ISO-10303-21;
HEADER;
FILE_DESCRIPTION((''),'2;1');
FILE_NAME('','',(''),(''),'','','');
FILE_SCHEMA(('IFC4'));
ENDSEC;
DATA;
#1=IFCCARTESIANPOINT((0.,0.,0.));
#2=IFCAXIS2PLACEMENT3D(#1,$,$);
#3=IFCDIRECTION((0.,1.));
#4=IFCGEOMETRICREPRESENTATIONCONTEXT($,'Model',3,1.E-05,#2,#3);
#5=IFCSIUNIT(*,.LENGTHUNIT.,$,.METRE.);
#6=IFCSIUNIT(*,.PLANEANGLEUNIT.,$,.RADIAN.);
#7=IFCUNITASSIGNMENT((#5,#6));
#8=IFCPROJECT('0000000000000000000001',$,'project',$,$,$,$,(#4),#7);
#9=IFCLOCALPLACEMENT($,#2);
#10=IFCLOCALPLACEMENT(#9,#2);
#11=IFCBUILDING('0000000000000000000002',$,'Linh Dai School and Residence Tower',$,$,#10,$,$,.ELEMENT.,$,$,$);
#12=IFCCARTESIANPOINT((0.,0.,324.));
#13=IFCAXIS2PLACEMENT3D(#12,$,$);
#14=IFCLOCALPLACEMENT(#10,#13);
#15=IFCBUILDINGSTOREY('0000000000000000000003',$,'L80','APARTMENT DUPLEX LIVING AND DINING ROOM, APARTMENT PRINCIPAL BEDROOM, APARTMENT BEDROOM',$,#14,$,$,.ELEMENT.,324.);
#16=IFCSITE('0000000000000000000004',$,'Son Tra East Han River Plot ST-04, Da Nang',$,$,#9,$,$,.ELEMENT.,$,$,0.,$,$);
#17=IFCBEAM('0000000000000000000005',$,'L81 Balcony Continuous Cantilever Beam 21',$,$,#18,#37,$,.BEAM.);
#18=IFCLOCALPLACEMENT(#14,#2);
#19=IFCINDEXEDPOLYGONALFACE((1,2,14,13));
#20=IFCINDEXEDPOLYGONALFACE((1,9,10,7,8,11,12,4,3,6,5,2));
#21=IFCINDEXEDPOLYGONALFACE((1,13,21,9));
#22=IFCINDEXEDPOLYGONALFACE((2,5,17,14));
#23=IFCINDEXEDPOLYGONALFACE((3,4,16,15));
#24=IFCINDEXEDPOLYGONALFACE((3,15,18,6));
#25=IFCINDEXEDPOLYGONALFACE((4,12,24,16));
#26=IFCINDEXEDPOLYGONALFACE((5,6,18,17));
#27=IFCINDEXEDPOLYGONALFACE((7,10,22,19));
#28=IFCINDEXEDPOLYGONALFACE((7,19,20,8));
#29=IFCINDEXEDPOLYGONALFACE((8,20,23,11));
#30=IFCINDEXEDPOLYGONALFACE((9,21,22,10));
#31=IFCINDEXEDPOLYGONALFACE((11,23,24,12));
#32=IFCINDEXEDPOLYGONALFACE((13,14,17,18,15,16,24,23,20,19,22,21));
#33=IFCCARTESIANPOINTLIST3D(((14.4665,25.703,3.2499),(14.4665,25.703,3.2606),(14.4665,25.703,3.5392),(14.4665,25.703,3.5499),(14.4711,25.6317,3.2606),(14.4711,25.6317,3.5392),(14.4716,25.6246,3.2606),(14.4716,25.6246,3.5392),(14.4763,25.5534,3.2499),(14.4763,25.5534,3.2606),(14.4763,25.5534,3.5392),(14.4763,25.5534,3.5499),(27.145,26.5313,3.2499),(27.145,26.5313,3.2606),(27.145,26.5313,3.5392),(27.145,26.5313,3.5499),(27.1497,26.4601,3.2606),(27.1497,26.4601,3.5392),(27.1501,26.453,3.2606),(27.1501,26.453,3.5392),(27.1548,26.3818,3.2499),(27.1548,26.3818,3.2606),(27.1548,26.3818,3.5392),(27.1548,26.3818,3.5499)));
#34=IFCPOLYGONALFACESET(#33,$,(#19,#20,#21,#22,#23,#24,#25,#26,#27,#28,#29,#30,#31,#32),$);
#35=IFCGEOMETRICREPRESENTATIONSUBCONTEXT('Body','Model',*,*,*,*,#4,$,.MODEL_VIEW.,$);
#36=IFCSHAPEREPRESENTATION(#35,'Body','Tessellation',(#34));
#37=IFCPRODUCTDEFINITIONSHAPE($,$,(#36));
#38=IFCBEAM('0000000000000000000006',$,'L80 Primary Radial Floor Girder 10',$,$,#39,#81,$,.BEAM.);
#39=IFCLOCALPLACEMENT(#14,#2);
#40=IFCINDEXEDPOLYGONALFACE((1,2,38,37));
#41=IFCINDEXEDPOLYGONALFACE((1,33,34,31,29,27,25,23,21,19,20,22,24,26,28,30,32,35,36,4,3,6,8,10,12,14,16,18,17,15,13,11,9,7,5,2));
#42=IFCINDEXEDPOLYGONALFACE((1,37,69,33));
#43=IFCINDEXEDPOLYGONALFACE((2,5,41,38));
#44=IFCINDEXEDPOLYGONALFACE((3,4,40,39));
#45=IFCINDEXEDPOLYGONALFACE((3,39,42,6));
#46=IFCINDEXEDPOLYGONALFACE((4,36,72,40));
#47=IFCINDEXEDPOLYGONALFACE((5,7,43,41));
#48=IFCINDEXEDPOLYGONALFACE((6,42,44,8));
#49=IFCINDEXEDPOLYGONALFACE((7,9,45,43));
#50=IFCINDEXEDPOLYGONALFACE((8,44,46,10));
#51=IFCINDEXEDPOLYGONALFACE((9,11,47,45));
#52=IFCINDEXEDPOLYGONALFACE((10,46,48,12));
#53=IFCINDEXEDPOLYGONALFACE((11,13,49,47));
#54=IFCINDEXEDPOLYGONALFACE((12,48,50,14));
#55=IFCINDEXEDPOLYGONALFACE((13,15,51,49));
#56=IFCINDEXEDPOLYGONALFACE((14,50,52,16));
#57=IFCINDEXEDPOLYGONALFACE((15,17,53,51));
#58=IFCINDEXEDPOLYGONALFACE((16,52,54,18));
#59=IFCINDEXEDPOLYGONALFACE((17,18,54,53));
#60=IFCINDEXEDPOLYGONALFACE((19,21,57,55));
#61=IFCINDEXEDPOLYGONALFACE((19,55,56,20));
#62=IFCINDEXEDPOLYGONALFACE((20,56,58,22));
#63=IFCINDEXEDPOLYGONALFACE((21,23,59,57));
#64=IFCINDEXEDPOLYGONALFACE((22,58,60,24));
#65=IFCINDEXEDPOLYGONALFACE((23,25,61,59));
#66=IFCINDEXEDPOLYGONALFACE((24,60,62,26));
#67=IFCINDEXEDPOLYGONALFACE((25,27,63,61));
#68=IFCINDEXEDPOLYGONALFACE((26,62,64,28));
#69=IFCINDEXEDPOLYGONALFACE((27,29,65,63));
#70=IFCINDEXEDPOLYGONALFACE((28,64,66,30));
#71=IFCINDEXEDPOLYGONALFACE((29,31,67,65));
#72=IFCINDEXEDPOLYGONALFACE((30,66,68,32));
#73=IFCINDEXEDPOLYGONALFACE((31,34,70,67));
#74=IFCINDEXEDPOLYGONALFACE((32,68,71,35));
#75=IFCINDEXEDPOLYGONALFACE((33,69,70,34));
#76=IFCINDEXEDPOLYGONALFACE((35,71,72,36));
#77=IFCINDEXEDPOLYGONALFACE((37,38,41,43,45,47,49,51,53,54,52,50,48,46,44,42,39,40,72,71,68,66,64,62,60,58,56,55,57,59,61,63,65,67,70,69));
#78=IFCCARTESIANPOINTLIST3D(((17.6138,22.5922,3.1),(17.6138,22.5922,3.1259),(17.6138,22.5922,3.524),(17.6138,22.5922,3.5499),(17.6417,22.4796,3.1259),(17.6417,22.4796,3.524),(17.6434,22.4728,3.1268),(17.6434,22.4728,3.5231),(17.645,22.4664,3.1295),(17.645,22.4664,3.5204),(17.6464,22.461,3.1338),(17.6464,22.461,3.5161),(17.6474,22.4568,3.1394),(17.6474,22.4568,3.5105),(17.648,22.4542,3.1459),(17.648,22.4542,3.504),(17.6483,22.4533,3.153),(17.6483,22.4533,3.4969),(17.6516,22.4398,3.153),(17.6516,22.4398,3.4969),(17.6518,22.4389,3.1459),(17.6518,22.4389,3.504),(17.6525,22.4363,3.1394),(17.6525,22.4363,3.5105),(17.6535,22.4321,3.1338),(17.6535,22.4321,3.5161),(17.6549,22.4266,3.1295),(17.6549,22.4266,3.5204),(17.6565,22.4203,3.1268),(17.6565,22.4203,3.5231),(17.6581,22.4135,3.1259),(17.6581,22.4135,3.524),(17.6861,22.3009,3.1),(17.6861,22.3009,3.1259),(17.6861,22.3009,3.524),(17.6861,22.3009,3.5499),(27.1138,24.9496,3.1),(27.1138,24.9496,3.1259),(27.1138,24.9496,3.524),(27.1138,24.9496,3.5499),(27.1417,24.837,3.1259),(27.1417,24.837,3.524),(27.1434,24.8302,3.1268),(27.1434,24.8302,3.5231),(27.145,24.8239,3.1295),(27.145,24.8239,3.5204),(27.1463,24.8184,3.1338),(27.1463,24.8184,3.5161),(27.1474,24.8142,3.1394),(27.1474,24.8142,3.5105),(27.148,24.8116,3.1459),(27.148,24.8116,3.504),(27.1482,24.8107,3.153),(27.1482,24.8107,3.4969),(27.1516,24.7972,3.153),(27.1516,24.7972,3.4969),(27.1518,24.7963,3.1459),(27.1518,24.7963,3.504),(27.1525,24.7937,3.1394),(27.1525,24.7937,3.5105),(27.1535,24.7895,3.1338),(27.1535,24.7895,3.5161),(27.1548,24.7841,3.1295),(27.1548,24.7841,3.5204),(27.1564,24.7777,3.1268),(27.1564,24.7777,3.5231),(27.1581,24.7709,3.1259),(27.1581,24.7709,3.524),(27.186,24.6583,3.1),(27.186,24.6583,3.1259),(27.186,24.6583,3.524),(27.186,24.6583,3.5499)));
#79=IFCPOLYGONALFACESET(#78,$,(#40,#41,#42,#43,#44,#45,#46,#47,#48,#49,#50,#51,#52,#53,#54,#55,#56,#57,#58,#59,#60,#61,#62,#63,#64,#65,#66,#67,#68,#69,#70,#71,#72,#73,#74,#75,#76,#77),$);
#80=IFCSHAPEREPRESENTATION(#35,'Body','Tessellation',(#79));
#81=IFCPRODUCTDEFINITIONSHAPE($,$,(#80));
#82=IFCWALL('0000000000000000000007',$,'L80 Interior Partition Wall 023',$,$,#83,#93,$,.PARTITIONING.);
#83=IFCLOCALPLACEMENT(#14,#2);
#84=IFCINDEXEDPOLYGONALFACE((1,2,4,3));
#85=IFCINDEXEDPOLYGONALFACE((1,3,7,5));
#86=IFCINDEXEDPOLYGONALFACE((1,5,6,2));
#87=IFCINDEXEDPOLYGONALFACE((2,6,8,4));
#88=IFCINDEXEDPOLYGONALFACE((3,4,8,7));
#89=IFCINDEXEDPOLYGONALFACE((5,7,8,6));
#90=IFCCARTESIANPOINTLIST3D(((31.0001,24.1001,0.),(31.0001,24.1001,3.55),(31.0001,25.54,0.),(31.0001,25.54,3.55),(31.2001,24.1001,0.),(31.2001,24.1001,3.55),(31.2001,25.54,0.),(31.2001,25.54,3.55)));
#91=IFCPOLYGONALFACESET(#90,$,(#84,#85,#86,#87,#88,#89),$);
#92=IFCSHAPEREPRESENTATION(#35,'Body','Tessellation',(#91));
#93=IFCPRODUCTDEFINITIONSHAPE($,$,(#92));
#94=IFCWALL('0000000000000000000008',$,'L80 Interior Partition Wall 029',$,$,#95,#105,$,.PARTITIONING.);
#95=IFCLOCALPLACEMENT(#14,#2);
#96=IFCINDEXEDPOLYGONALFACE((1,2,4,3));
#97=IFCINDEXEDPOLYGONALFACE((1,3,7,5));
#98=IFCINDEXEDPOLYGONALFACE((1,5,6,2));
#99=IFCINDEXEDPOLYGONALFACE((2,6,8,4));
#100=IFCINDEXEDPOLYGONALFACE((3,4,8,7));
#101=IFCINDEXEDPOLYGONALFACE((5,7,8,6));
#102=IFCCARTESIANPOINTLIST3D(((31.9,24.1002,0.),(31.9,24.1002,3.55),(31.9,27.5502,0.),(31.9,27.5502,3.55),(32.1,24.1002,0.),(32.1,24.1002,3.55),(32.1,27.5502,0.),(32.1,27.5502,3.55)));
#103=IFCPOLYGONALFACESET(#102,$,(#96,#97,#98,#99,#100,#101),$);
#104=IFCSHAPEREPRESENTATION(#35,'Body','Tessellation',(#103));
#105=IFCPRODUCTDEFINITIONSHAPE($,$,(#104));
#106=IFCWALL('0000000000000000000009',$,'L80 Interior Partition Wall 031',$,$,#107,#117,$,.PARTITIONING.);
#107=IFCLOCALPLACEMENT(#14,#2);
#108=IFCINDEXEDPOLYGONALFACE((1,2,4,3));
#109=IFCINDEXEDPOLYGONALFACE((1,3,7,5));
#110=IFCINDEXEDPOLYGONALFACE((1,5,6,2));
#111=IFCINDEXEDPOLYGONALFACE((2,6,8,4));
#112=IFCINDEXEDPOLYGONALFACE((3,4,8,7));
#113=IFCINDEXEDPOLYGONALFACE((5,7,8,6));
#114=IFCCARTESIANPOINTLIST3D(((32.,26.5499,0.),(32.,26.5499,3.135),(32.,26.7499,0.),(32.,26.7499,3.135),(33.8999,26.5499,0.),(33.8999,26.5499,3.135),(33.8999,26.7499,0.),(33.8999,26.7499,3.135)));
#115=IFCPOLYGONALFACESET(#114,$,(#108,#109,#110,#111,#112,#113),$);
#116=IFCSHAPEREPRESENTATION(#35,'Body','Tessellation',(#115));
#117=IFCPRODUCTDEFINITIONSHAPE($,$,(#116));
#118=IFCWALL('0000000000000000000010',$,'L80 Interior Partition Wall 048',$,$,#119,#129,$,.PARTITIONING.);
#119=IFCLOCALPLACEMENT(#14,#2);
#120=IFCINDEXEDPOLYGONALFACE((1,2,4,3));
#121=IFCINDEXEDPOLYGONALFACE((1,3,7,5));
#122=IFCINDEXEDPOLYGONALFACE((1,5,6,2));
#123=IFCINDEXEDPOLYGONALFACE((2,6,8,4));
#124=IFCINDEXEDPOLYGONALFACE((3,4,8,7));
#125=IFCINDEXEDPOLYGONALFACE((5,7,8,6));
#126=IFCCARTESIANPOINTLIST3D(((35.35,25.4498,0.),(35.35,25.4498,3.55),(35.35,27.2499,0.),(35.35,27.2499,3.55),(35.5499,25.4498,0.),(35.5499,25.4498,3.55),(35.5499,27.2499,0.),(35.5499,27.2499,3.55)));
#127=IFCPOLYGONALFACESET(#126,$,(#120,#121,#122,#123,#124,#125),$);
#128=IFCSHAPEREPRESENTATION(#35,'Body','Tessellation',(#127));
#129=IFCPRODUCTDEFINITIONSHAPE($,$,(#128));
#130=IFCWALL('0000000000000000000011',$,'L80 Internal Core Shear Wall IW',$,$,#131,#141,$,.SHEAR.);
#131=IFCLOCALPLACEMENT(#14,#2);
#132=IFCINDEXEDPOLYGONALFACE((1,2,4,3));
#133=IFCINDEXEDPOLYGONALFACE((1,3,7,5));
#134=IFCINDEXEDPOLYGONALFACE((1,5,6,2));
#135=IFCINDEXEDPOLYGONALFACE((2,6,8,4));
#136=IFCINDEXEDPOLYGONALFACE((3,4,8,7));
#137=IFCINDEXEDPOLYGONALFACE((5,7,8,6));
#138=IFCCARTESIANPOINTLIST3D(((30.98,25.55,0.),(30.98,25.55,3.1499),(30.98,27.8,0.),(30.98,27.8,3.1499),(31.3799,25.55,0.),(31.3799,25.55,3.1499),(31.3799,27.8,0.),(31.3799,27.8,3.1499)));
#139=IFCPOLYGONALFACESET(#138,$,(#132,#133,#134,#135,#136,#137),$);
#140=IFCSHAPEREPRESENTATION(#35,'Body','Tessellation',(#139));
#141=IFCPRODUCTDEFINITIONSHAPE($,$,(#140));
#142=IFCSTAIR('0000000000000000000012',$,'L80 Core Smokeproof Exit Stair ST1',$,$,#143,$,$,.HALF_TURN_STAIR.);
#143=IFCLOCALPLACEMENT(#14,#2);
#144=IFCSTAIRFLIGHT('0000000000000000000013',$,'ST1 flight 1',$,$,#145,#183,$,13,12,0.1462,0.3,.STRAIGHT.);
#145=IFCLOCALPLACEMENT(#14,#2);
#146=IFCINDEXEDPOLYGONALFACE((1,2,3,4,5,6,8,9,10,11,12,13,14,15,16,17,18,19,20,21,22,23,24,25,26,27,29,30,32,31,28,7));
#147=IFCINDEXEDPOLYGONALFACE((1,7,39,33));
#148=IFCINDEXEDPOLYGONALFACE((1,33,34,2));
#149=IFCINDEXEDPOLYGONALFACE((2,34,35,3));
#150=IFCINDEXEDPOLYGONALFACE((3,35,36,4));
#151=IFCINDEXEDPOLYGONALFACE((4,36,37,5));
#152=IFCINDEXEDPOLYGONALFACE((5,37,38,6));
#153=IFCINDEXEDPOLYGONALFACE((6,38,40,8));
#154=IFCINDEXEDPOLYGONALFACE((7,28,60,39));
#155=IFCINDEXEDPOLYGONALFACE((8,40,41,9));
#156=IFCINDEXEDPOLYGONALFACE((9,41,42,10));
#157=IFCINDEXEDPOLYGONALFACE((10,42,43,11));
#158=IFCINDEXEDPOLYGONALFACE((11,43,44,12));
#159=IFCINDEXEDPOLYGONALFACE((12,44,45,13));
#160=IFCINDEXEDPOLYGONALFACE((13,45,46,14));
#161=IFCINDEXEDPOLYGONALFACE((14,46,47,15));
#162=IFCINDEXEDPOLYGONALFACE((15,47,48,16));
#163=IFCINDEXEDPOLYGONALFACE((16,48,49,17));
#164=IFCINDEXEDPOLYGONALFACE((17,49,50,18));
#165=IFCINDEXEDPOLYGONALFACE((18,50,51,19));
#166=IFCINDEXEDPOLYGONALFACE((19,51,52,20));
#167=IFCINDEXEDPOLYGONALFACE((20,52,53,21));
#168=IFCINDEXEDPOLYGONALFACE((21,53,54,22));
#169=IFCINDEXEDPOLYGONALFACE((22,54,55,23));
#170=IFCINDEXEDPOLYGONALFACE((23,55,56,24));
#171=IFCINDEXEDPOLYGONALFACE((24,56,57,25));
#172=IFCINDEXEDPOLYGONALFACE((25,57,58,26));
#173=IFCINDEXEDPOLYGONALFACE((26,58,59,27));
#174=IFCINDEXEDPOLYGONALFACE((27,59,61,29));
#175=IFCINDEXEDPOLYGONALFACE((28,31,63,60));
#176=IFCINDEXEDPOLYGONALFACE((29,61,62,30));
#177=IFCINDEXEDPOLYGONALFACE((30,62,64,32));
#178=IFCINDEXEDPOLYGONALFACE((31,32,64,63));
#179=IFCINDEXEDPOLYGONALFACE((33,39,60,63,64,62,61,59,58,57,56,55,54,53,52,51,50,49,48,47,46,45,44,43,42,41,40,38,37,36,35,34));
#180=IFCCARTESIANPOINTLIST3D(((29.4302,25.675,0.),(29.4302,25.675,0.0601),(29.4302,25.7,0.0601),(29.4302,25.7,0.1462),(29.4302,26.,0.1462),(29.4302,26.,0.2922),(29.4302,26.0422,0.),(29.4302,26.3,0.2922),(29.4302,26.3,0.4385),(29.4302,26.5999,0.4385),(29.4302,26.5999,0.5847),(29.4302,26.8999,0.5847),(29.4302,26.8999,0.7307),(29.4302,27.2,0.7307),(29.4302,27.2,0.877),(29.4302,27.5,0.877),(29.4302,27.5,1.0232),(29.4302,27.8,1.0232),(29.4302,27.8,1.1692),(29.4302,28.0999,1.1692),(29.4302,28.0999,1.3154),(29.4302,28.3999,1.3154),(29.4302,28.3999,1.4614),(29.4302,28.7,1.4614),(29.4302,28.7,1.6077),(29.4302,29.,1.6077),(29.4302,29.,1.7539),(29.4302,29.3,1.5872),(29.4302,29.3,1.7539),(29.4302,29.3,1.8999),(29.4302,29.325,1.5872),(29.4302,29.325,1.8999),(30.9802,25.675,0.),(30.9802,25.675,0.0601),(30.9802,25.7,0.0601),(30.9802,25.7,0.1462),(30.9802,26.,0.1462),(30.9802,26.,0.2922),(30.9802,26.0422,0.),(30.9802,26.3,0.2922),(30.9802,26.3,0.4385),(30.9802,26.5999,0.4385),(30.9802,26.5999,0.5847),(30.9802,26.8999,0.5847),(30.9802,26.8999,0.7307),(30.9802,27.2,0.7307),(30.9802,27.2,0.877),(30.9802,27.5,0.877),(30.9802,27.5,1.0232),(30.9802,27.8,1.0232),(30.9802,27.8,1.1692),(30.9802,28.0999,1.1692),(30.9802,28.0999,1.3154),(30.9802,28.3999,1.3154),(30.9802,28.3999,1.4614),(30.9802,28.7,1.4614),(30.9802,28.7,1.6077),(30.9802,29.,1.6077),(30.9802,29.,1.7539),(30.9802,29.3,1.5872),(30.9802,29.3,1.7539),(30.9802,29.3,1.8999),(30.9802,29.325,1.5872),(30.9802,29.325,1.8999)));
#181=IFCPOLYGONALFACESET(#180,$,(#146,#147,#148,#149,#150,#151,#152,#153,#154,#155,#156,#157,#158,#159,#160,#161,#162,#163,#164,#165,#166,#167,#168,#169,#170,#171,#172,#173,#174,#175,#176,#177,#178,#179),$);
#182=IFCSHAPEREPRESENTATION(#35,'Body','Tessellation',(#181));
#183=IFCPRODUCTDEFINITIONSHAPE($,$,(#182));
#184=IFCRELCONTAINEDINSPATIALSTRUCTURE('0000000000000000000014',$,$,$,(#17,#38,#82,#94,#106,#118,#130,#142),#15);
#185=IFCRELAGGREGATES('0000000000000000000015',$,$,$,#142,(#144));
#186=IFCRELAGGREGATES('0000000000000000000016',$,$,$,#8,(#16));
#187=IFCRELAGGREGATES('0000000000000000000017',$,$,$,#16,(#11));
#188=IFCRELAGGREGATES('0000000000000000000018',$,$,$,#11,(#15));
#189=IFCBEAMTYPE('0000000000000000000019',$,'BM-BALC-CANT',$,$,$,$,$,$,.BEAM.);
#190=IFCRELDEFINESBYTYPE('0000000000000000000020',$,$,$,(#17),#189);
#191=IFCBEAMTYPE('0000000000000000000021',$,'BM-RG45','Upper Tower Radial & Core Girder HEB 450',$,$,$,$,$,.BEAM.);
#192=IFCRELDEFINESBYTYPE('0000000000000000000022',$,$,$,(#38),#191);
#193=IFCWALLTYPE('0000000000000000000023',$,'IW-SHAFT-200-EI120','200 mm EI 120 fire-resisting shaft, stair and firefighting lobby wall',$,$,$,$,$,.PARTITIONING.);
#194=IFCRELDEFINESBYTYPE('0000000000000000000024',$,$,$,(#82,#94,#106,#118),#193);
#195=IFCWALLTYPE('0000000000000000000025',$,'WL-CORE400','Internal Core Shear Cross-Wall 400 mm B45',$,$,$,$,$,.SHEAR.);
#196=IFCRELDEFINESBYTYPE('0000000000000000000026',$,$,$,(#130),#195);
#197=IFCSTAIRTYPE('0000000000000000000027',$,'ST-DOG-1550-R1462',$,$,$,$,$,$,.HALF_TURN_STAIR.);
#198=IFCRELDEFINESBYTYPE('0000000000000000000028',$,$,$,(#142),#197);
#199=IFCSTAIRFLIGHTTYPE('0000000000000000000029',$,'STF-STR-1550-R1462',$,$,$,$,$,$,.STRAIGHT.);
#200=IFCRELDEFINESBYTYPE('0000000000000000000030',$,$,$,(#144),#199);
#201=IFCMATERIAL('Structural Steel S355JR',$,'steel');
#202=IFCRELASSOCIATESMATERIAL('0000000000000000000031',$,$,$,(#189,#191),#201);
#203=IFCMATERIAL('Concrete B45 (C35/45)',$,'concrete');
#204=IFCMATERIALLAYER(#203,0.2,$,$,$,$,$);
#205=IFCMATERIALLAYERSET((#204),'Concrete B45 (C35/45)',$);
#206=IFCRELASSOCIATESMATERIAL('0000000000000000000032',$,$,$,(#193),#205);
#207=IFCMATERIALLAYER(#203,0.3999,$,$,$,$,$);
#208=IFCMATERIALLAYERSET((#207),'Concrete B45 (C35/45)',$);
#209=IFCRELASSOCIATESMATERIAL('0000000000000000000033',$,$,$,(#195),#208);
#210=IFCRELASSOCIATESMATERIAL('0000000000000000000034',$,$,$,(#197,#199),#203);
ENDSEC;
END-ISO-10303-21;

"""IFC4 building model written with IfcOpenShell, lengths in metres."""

from ifc_helpers import new_model, si_unit, direction, frame, frame_2d, origin, origin_2d, place, context, subcontext, project, spatial, polyline, rectangle, i_section, outline, extrude, source, transform, mapped, material, layer, layer_set, material_profile, profile_set, type_object, element, aggregate, save


model = new_model("IFC4")

# Units and contexts
model_context = context("Model", 3, precision=1e-05, world=origin(), true_north=direction((0.0, 1.0)))
body_context = subcontext(model_context, "Body", "Model", "MODEL_VIEW")
ifc_project = project(units=[si_unit("LENGTHUNIT", "METRE"), si_unit("PLANEANGLEUNIT", "RADIAN")], contexts=[model_context])

# Site, building, storey
site_placement = place(None, origin())
site = spatial("IfcSite", under=ifc_project, at=site_placement, Name="Son Tra East Han River Plot ST-04, Da Nang", CompositionType="ELEMENT", RefElevation=0.0)
building_placement = place(site_placement, origin())
building = spatial("IfcBuilding", under=site, at=building_placement, Name="Linh Dai School and Residence Tower", CompositionType="ELEMENT")
storey_placement = place(building_placement, frame((0.0, 0.0, 324.0)))
storey = spatial("IfcBuildingStorey", under=building, at=storey_placement, Name="L80", Description="APARTMENT DUPLEX LIVING AND DINING ROOM, APARTMENT PRINCIPAL BEDROOM, APARTMENT BEDROOM", CompositionType="ELEMENT", Elevation=324.0)

# Beams
ifc_material_1 = material(Name="Structural Steel S355JR", Category="steel")
ifc_material_profile_1 = material_profile(ifc_material_1, i_section(OverallWidth=0.1499, OverallDepth=0.3, WebThickness=0.0071, FlangeThickness=0.0107, at=origin_2d()), Name="IPE 300")
ifc_profile_set_1 = profile_set([ifc_material_profile_1], Name="Structural Steel S355JR")
beam_type_1 = type_object("IfcBeamType", Name="BM-BALC-CANT", PredefinedType="BEAM", material=ifc_profile_set_1)
beam_1_placement = place(storey_placement, frame((27.1499, 26.4565, 3.3999), z_axis=(-0.997872, -0.065198, 0.0), x_axis=(0.065198, -0.997872, 0.0)))
element("IfcBeam", 1, at=beam_1_placement, inside=storey, type_object=beam_type_1, Name="L81 Balcony Continuous Cantilever Beam 21", PredefinedType="BEAM", context=body_context, shape_type="SweptSolid", body=[
    extrude(i_section(OverallWidth=0.1499, OverallDepth=0.3, WebThickness=0.0071, FlangeThickness=0.0107, at=origin_2d()), origin(), (0.0, 0.0, 1.0), 12.7056),
])
ifc_material_profile_2 = material_profile(ifc_material_1, i_section(OverallWidth=0.3, OverallDepth=0.45, WebThickness=0.0139, FlangeThickness=0.0259, FilletRadius=0.0271, at=origin_2d()), Name="HEB 450")
ifc_profile_set_2 = profile_set([ifc_material_profile_2], Name="Structural Steel S355JR")
beam_type_2 = type_object("IfcBeamType", Name="BM-RG45", Description="Upper Tower Radial & Core Girder HEB 450", PredefinedType="BEAM", material=ifc_profile_set_2)
beam_2_placement = place(storey_placement, frame((27.1499, 24.804, 3.325), z_axis=(-0.970564, -0.240845, 0.0), x_axis=(0.240845, -0.970564, 0.0)))
element("IfcBeam", 2, at=beam_2_placement, inside=storey, type_object=beam_type_2, Name="L80 Primary Radial Floor Girder 10", PredefinedType="BEAM", context=body_context, shape_type="SweptSolid", body=[
    extrude(i_section(OverallWidth=0.3, OverallDepth=0.45, WebThickness=0.0139, FlangeThickness=0.0259, FilletRadius=0.0271, at=origin_2d()), origin(), (0.0, 0.0, 1.0), 9.7881),
])

# Shared definitions
ifc_material_2 = material(Name="Concrete B45 (C35/45)", Category="concrete")
ifc_layer_1 = layer(ifc_material_2, 0.2)
ifc_layer_set_1 = layer_set([ifc_layer_1], Name="Concrete B45 (C35/45)")
wall_type_1 = type_object("IfcWallType", Name="IW-SHAFT-200-EI120", Description="200 mm EI 120 fire-resisting shaft, stair and firefighting lobby wall", PredefinedType="PARTITIONING", material=ifc_layer_set_1)

# Walls
wall_1_placement = place(storey_placement, frame((31.1001, 24.1001, 0.0), z_axis=(0.0, 0.0, 1.0), x_axis=(0.0, 1.0, 0.0)))
element("IfcWall", 3, at=wall_1_placement, inside=storey, type_object=wall_type_1, Name="L80 Interior Partition Wall 023", PredefinedType="PARTITIONING", context=body_context, shape_type="SweptSolid", body=[
    extrude(rectangle(XDim=1.4399, YDim=0.2, at=frame_2d((0.72, 0.0))), origin(), (0.0, 0.0, 1.0), 3.55),
])
wall_2_placement = place(storey_placement, frame((32.0, 24.1001, 0.0), z_axis=(0.0, 0.0, 1.0), x_axis=(0.0, 1.0, 0.0)))
element("IfcWall", 4, at=wall_2_placement, inside=storey, type_object=wall_type_1, Name="L80 Interior Partition Wall 029", PredefinedType="PARTITIONING", context=body_context, shape_type="SweptSolid", body=[
    extrude(rectangle(XDim=3.45, YDim=0.2, at=frame_2d((1.7251, 0.0))), origin(), (0.0, 0.0, 1.0), 3.55),
])

# Walls
wall_3_placement = place(storey_placement, frame((32.0, 26.6499, 0.0), z_axis=(0.0, 0.0, 1.0), x_axis=(1.0, 0.0, 0.0)))
element("IfcWall", 5, at=wall_3_placement, inside=storey, type_object=wall_type_1, Name="L80 Interior Partition Wall 031", PredefinedType="PARTITIONING", context=body_context, shape_type="SweptSolid", body=[
    extrude(rectangle(XDim=1.8999, YDim=0.2, at=frame_2d((0.95, 0.0))), origin(), (0.0, 0.0, 1.0), 3.135),
])
wall_4_placement = place(storey_placement, frame((35.45, 25.45, 0.0), z_axis=(0.0, 0.0, 1.0), x_axis=(0.0, 1.0, 0.0)))
element("IfcWall", 6, at=wall_4_placement, inside=storey, type_object=wall_type_1, Name="L80 Interior Partition Wall 048", PredefinedType="PARTITIONING", context=body_context, shape_type="SweptSolid", body=[
    extrude(rectangle(XDim=1.8, YDim=0.2, at=frame_2d((0.8999, 0.0))), origin(), (0.0, 0.0, 1.0), 3.55),
])

# Wall
ifc_layer_2 = layer(ifc_material_2, 0.3999)
ifc_layer_set_2 = layer_set([ifc_layer_2], Name="Concrete B45 (C35/45)")
wall_type_2 = type_object("IfcWallType", Name="WL-CORE400", Description="Internal Core Shear Cross-Wall 400 mm B45", PredefinedType="SHEAR", material=ifc_layer_set_2)
wall_5_placement = place(storey_placement, frame((31.1799, 25.55, 0.0), z_axis=(0.0, 0.0, 1.0), x_axis=(0.0, 1.0, 0.0)))
element("IfcWall", 7, at=wall_5_placement, inside=storey, type_object=wall_type_2, Name="L80 Internal Core Shear Wall IW", PredefinedType="SHEAR", context=body_context, shape_type="SweptSolid", body=[
    extrude(rectangle(XDim=2.25, YDim=0.3999, at=frame_2d((1.125, 0.0))), origin(), (0.0, 0.0, 1.0), 3.1499),
])

# Stair, stair flight
stair_type = type_object("IfcStairType", Name="ST-DOG-1550-R1462", PredefinedType="HALF_TURN_STAIR", material=ifc_material_2)
stair_placement = place(storey_placement, origin())
stair = element("IfcStair", 8, at=stair_placement, inside=storey, type_object=stair_type, Name="L80 Core Smokeproof Exit Stair ST1", PredefinedType="HALF_TURN_STAIR")
stair_flight_type = type_object("IfcStairFlightType", Name="STF-STR-1550-R1462", PredefinedType="STRAIGHT", material=ifc_material_2)
shared_shape_1 = source(origin(), body_context, "Body", "SweptSolid", [
    extrude(outline(polyline([(-0.0249, 0.0), (-0.0249, 0.0601), (0.0, 0.0601), (0.0, 0.1462), (0.3, 0.1462), (0.3, 0.2922), (0.6001, 0.2922), (0.6001, 0.4385), (0.8999, 0.4385), (0.8999, 0.5847), (1.2, 0.5847), (1.2, 0.7307), (1.5, 0.7307), (1.5, 0.877), (1.8, 0.877), (1.8, 1.0232), (2.1001, 1.0232), (2.1001, 1.1692), (2.3999, 1.1692), (2.3999, 1.3154), (2.7, 1.3154), (2.7, 1.4614), (3.0, 1.4614), (3.0, 1.6077), (3.3, 1.6077), (3.3, 1.7539), (3.6001, 1.7539), (3.6001, 1.8999), (3.625, 1.8999), (3.625, 1.5872), (3.6001, 1.5872), (0.3423, 0.0), (-0.0249, 0.0)])), frame((0.0, 0.7749, 0.0), z_axis=(0.0, -1.0, 0.0), x_axis=(1.0, 0.0, 0.0)), (0.0, 0.0, 1.0), 1.55),
])
stair_flight_placement = place(storey_placement, frame((30.2051, 25.7, 0.0), z_axis=(0.0, 0.0, 1.0), x_axis=(0.0, 1.0, 0.0)))
stair_flight = element("IfcStairFlight", 9, at=stair_flight_placement, type_object=stair_flight_type, Name="ST1 flight 1", NumberOfRisers=13, NumberOfTreads=12, PredefinedType="STRAIGHT", RiserHeight=0.1462, TreadLength=0.3, context=body_context, shape_type="MappedRepresentation", body=[
    mapped(shared_shape_1, transform((0.0, 0.0, 0.0), x_axis=(1.0, 0.0, 0.0), y_axis=(0.0, 1.0, 0.0), z_axis=(0.0, 0.0, 1.0), scale=1.0)),
])
aggregate(stair, [stair_flight])

save(model, "model.ifc")
